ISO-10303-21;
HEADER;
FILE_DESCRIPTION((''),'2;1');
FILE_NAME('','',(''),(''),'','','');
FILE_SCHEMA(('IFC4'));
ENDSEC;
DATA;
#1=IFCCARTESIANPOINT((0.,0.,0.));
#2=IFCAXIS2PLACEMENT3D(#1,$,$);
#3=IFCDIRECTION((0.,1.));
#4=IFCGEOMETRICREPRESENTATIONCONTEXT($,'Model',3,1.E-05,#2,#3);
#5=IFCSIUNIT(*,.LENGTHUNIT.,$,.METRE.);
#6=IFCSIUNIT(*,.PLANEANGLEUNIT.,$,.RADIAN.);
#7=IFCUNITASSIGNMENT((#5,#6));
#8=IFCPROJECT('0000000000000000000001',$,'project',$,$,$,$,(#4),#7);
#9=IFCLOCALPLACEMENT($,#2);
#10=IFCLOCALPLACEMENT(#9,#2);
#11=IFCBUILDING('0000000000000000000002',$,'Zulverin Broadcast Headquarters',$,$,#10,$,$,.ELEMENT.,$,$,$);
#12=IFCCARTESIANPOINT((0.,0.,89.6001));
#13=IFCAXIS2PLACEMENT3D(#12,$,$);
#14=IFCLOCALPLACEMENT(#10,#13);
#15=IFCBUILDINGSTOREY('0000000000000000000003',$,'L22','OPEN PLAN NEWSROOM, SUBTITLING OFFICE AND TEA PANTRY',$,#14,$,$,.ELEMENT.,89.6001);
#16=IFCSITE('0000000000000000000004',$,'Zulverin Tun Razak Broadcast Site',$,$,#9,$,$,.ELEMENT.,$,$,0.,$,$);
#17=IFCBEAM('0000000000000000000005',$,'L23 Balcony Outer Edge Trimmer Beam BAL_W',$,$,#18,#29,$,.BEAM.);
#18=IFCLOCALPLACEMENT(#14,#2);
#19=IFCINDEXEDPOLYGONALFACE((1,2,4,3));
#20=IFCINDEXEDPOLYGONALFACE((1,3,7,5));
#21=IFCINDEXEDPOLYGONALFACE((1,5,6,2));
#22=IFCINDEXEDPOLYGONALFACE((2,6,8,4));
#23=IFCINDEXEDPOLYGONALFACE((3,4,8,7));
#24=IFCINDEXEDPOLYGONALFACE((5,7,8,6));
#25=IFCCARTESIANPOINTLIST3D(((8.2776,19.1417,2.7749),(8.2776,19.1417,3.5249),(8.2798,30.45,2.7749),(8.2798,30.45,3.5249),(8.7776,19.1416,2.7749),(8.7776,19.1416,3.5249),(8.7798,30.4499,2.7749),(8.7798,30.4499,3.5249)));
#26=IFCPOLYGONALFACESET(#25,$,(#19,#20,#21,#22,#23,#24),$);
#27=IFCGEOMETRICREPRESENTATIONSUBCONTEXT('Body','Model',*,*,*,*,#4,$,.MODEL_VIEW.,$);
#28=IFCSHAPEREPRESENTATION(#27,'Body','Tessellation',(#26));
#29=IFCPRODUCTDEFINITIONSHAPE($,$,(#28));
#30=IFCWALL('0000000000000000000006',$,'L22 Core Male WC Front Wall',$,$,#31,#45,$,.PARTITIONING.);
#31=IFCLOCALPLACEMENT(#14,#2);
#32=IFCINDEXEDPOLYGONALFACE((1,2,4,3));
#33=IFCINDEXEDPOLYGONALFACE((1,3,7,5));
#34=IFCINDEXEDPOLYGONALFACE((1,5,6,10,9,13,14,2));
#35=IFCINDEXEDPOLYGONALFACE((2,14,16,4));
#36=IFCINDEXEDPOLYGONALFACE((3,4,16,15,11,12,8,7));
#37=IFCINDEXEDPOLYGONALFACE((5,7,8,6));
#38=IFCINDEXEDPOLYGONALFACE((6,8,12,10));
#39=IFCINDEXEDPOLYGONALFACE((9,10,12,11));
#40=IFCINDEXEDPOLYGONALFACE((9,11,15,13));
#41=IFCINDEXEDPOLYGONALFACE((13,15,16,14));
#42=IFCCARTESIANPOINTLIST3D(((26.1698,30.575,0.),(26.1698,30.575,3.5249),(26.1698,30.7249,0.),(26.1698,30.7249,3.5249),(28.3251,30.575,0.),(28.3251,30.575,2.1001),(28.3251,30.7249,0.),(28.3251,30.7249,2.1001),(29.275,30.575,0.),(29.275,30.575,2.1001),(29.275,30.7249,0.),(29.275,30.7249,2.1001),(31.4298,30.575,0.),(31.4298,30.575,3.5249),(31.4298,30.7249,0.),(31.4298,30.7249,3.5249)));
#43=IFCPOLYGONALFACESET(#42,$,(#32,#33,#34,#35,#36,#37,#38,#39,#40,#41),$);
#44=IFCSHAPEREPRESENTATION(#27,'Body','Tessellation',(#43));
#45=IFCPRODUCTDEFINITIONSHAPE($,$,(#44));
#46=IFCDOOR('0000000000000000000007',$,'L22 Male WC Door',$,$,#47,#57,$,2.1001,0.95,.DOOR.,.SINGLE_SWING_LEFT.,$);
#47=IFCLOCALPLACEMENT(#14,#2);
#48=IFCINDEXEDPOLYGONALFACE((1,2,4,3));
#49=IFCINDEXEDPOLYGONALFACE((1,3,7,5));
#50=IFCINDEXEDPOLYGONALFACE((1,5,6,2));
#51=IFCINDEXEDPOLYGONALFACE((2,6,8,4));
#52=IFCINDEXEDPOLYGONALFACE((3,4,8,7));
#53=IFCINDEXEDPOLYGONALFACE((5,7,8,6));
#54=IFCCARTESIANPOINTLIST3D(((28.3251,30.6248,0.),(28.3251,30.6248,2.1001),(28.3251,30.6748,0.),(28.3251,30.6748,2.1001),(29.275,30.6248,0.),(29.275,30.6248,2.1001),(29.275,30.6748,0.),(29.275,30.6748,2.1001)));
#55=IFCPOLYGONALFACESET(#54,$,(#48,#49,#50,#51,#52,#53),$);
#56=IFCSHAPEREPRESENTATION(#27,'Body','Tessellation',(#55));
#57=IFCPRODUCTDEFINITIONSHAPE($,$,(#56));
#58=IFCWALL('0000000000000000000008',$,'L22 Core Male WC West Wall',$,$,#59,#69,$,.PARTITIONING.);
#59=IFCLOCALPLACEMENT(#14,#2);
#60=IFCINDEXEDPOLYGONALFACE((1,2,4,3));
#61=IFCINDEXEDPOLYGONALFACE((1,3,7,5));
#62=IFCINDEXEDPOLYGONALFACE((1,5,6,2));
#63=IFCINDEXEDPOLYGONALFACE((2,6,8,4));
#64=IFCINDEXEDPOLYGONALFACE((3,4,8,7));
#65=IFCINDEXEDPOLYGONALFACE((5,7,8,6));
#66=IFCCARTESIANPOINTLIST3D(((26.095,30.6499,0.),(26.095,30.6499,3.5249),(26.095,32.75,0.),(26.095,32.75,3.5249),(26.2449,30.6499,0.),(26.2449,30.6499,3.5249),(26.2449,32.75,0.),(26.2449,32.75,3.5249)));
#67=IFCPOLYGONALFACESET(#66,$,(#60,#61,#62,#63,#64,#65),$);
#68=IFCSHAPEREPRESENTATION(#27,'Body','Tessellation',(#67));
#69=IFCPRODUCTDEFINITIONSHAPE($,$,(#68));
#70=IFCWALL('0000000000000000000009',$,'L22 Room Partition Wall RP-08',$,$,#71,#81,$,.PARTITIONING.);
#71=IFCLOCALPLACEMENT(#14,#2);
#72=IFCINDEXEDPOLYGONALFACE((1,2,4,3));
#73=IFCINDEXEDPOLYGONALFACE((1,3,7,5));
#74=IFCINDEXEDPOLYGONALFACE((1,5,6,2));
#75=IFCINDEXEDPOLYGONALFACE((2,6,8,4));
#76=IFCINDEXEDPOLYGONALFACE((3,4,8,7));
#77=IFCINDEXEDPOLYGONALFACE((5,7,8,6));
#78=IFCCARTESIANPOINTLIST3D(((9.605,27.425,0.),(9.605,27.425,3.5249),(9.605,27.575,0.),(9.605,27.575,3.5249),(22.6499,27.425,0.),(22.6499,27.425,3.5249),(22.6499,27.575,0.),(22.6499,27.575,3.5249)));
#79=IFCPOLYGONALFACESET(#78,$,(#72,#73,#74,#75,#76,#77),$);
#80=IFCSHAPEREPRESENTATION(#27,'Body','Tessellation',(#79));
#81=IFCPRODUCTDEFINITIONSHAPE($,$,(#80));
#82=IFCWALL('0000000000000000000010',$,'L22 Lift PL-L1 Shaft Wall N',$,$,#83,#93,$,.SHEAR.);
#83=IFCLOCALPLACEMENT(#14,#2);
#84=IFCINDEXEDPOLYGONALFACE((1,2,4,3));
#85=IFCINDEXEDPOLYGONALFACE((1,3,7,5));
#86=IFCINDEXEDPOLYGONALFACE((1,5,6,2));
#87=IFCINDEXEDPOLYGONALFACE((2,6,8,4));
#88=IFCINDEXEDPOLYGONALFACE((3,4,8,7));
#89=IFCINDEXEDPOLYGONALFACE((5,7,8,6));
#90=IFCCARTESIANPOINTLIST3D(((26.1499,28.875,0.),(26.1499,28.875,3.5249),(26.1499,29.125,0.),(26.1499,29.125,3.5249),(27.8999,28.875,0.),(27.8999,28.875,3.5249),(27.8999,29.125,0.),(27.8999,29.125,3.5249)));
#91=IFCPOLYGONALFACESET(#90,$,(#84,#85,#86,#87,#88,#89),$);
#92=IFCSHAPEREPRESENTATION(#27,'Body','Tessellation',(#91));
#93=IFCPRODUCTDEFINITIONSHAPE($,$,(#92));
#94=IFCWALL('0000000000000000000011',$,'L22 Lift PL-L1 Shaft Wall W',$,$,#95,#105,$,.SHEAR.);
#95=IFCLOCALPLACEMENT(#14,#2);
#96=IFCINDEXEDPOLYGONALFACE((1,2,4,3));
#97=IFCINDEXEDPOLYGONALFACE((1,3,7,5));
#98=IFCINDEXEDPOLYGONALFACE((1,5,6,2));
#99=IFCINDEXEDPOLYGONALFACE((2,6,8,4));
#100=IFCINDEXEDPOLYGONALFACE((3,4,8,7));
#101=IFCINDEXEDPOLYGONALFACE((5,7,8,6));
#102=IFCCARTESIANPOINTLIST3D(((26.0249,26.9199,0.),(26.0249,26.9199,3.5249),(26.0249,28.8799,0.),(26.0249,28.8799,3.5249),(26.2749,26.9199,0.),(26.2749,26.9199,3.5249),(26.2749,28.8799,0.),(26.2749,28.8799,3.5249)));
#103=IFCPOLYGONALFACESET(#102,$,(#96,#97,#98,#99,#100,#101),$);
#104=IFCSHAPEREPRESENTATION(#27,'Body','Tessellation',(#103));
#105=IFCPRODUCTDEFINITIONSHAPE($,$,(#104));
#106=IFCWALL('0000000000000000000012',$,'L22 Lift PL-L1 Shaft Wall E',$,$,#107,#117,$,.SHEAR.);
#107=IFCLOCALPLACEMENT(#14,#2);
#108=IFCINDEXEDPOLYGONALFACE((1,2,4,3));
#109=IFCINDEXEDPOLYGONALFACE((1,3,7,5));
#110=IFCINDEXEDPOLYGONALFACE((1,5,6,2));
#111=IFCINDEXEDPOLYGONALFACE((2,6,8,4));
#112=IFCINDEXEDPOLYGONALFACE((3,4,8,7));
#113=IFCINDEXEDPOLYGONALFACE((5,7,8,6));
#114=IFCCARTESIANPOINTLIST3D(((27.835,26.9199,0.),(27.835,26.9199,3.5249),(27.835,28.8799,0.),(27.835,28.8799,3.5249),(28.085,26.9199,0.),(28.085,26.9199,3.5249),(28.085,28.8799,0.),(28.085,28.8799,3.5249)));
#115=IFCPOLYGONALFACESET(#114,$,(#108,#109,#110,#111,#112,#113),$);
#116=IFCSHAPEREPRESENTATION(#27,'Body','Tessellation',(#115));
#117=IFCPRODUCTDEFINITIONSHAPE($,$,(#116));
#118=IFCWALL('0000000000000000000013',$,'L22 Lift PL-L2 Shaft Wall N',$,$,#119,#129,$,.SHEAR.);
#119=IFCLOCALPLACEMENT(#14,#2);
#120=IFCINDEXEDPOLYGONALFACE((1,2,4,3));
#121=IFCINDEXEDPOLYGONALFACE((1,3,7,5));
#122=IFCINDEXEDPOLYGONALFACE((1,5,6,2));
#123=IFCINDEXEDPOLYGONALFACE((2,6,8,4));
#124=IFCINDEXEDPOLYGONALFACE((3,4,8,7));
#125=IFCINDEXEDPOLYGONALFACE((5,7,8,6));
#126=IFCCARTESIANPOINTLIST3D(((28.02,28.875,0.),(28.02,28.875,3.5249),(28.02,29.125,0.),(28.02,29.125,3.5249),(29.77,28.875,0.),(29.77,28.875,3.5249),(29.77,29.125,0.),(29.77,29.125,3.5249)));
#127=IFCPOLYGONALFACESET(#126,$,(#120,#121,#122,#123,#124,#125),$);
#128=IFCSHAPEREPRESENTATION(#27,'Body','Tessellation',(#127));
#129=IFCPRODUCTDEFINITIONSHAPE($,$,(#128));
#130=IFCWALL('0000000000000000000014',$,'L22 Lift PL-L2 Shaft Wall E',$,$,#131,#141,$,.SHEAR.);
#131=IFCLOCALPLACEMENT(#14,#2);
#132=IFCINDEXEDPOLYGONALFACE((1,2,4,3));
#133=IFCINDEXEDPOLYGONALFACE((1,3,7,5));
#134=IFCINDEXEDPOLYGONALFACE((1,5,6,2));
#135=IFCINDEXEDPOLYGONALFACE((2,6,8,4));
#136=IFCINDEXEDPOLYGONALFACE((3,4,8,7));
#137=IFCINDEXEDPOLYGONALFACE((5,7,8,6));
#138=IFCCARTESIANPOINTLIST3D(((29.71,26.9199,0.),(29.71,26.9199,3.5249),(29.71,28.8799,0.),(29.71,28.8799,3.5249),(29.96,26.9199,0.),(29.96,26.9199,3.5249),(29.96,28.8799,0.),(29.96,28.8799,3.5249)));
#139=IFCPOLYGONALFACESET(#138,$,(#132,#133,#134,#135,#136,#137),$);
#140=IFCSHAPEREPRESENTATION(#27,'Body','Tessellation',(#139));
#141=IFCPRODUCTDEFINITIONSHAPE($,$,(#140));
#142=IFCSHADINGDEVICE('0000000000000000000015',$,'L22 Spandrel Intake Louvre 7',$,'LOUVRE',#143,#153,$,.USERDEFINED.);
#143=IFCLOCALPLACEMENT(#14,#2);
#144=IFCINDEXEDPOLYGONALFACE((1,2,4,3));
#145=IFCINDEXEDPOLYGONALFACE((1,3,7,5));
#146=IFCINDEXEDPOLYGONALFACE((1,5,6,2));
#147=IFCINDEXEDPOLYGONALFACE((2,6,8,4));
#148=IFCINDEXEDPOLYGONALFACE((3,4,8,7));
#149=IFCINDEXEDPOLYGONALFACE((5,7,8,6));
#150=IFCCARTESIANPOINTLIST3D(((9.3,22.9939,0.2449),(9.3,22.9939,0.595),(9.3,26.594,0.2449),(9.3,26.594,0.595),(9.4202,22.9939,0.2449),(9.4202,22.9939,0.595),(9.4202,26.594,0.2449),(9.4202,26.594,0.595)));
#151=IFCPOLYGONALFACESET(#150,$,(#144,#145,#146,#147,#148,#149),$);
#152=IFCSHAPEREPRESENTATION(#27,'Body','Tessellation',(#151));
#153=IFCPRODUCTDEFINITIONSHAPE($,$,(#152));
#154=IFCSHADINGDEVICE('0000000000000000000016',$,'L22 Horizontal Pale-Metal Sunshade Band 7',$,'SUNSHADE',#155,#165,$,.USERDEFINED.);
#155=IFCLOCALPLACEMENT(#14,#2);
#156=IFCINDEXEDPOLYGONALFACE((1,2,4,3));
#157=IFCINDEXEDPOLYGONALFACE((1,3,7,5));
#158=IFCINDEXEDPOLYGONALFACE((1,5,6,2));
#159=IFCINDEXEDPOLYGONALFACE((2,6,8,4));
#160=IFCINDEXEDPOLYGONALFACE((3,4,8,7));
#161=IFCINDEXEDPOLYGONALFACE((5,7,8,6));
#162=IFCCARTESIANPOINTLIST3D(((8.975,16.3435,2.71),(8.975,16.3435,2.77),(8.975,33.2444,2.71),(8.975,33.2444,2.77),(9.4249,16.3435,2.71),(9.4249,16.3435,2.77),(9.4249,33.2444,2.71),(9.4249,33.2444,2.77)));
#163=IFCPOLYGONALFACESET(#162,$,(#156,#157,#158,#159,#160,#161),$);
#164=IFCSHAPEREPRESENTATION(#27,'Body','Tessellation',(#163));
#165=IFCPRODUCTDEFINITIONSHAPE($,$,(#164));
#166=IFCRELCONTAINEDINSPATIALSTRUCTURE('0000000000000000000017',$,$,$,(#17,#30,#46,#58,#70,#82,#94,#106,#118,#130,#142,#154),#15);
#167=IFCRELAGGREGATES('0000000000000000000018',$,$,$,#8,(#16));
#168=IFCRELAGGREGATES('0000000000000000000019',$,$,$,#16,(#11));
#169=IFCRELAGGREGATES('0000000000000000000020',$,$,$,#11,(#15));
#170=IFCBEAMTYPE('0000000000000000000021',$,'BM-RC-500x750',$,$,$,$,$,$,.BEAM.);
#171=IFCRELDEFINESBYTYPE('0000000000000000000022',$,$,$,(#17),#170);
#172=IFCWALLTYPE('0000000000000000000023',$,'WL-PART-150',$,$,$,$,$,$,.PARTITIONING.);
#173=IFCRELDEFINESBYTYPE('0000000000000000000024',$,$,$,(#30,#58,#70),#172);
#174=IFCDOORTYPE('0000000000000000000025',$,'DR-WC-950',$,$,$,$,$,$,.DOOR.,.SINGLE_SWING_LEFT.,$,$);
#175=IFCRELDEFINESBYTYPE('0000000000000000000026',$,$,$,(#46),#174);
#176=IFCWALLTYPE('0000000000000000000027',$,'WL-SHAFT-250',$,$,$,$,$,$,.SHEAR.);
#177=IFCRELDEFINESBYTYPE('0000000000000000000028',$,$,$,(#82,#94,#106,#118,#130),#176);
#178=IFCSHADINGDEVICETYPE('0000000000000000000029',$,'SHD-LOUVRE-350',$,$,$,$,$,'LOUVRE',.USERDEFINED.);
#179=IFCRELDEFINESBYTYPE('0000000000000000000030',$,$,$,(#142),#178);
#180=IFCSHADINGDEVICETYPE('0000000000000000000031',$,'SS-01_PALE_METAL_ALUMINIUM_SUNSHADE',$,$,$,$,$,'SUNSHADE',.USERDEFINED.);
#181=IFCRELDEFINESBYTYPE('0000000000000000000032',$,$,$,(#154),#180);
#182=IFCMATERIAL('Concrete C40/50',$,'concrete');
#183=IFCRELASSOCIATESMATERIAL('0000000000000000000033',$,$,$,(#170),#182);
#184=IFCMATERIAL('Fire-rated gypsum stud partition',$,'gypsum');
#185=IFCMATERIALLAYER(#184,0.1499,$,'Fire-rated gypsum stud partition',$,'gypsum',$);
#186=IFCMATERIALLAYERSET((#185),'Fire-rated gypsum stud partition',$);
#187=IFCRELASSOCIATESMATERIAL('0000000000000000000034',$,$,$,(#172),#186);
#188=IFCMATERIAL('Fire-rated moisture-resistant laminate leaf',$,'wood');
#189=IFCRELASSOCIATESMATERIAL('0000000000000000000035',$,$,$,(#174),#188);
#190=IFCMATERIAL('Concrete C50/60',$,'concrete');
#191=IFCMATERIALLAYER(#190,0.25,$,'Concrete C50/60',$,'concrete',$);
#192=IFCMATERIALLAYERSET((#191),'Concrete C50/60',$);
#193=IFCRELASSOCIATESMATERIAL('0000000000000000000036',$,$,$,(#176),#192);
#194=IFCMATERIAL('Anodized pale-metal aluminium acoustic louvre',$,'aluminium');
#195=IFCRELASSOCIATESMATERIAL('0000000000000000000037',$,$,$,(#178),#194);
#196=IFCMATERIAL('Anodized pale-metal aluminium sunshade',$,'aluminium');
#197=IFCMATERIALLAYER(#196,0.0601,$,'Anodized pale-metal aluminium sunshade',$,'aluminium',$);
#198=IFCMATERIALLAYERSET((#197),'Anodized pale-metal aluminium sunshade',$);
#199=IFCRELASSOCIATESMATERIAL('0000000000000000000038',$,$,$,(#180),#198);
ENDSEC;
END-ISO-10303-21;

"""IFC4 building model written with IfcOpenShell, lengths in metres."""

from ifc_helpers import new_model, si_unit, direction, frame, frame_2d, origin, origin_2d, place, context, subcontext, project, spatial, rectangle, extrude, material, layer, layer_set, material_profile, profile_set, type_object, element, fill, save


model = new_model("IFC4")

# Units and contexts
model_context = context("Model", 3, precision=1e-05, world=origin(), true_north=direction((0.0, 1.0)))
body_context = subcontext(model_context, "Body", "Model", "MODEL_VIEW")
ifc_project = project(units=[si_unit("LENGTHUNIT", "METRE"), si_unit("PLANEANGLEUNIT", "RADIAN")], contexts=[model_context])

# Site, building, storey
site_placement = place(None, origin())
site = spatial("IfcSite", under=ifc_project, at=site_placement, Name="Zulverin Tun Razak Broadcast Site", CompositionType="ELEMENT", RefElevation=0.0)
building_placement = place(site_placement, origin())
building = spatial("IfcBuilding", under=site, at=building_placement, Name="Zulverin Broadcast Headquarters", CompositionType="ELEMENT")
storey_placement = place(building_placement, frame((0.0, 0.0, 89.6001)))
storey = spatial("IfcBuildingStorey", under=building, at=storey_placement, Name="L22", Description="OPEN PLAN NEWSROOM, SUBTITLING OFFICE AND TEA PANTRY", CompositionType="ELEMENT", Elevation=89.6001)

# Beam
ifc_material_1 = material(Name="Concrete C40/50", Category="concrete")
ifc_material_profile = material_profile(ifc_material_1, rectangle(XDim=0.5, YDim=0.75, at=origin_2d()), Name="Concrete C40/50", Category="concrete")
ifc_profile_set = profile_set([ifc_material_profile], Name="Concrete C40/50")
beam_type = type_object("IfcBeamType", Name="BM-RC-500x750", PredefinedType="BEAM", material=ifc_profile_set)
beam_placement = place(storey_placement, frame((8.5298, 30.45, 3.1499), z_axis=(-0.000194, -1.0, 0.0), x_axis=(1.0, -0.000194, 0.0)))
element("IfcBeam", 1, at=beam_placement, inside=storey, type_object=beam_type, Name="L23 Balcony Outer Edge Trimmer Beam BAL_W", PredefinedType="BEAM", context=body_context, shape_type="SweptSolid", body=[
    extrude(rectangle(XDim=0.5, YDim=0.75, at=origin_2d()), origin(), (0.0, 0.0, 1.0), 11.3083),
])

# Wall, opening, door
ifc_material_2 = material(Name="Fire-rated gypsum stud partition", Category="gypsum")
ifc_layer_1 = layer(ifc_material_2, 0.1499, Name="Fire-rated gypsum stud partition", Category="gypsum")
ifc_layer_set_1 = layer_set([ifc_layer_1], Name="Fire-rated gypsum stud partition")
wall_type_1 = type_object("IfcWallType", Name="WL-PART-150", PredefinedType="PARTITIONING", material=ifc_layer_set_1)
wall_1_placement = place(storey_placement, frame((26.1699, 30.6499, 0.0), z_axis=(0.0, 0.0, 1.0), x_axis=(1.0, 0.0, 0.0)))
wall_1 = element("IfcWall", 2, at=wall_1_placement, inside=storey, type_object=wall_type_1, Name="L22 Core Male WC Front Wall", PredefinedType="PARTITIONING", context=body_context, shape_type="SweptSolid", body=[
    extrude(rectangle(XDim=5.26, YDim=0.1499, at=frame_2d((2.6299, 0.0))), origin(), (0.0, 0.0, 1.0), 3.5249),
])
opening_1_placement = place(wall_1_placement, frame((2.155, 0.0, 0.0)))
opening_1 = element("IfcOpeningElement", 3, at=opening_1_placement, cuts=wall_1, PredefinedType="OPENING", context=body_context, shape_type="SweptSolid", body=[
    extrude(rectangle(XDim=0.95, YDim=2.1001, at=frame_2d((0.4751, 1.05))), frame((0.0, 0.085, 0.0), z_axis=(0.0, -1.0, 0.0), x_axis=(1.0, 0.0, 0.0)), (0.0, 0.0, 1.0), 0.1699),
])
ifc_material_3 = material(Name="Fire-rated moisture-resistant laminate leaf", Category="wood")
door_type_1 = type_object("IfcDoorType", Name="DR-WC-950", OperationType="SINGLE_SWING_LEFT", PredefinedType="DOOR", material=ifc_material_3)
door_1_placement = place(opening_1_placement, origin())
door_1 = element("IfcDoor", 4, at=door_1_placement, inside=storey, type_object=door_type_1, Name="L22 Male WC Door", OperationType="SINGLE_SWING_LEFT", OverallHeight=2.1001, OverallWidth=0.95, PredefinedType="DOOR", context=body_context, shape_type="SweptSolid", body=[
    extrude(rectangle(XDim=0.95, YDim=2.1001, at=frame_2d((0.4751, 1.05))), frame((0.0, 0.0249, 0.0), z_axis=(0.0, -1.0, 0.0), x_axis=(1.0, 0.0, 0.0)), (0.0, 0.0, 1.0), 0.05),
])
fill(opening_1, door_1)

# Walls
wall_2_placement = place(storey_placement, frame((26.1699, 30.6499, 0.0), z_axis=(0.0, 0.0, 1.0), x_axis=(0.0, 1.0, 0.0)))
element("IfcWall", 5, at=wall_2_placement, inside=storey, type_object=wall_type_1, Name="L22 Core Male WC West Wall", PredefinedType="PARTITIONING", context=body_context, shape_type="SweptSolid", body=[
    extrude(rectangle(XDim=2.1001, YDim=0.1499, at=frame_2d((1.05, 0.0))), origin(), (0.0, 0.0, 1.0), 3.5249),
])
wall_3_placement = place(storey_placement, frame((9.605, 27.5, 0.0), z_axis=(0.0, 0.0, 1.0), x_axis=(1.0, 0.0, 0.0)))
element("IfcWall", 6, at=wall_3_placement, inside=storey, type_object=wall_type_1, Name="L22 Room Partition Wall RP-08", PredefinedType="PARTITIONING", context=body_context, shape_type="SweptSolid", body=[
    extrude(rectangle(XDim=13.0449, YDim=0.1499, at=frame_2d((6.5225, 0.0))), origin(), (0.0, 0.0, 1.0), 3.5249),
])

# Shared definitions
ifc_material_4 = material(Name="Concrete C50/60", Category="concrete")
ifc_layer_2 = layer(ifc_material_4, 0.25, Name="Concrete C50/60", Category="concrete")
ifc_layer_set_2 = layer_set([ifc_layer_2], Name="Concrete C50/60")
wall_type_2 = type_object("IfcWallType", Name="WL-SHAFT-250", PredefinedType="SHEAR", material=ifc_layer_set_2)

# Walls
wall_4_placement = place(storey_placement, frame((26.1499, 29.0, 0.0), z_axis=(0.0, 0.0, 1.0), x_axis=(1.0, 0.0, 0.0)))
element("IfcWall", 7, at=wall_4_placement, inside=storey, type_object=wall_type_2, Name="L22 Lift PL-L1 Shaft Wall N", PredefinedType="SHEAR", context=body_context, shape_type="SweptSolid", body=[
    extrude(rectangle(XDim=1.75, YDim=0.25, at=frame_2d((0.875, 0.0))), origin(), (0.0, 0.0, 1.0), 3.5249),
])
for number, where, z_axis, x_axis, name in (
    (8, (26.1499, 26.9199, 0.0), (0.0, 0.0, 1.0), (0.0, 1.0, 0.0), "L22 Lift PL-L1 Shaft Wall W"),
    (9, (27.96, 26.9199, 0.0), (0.0, 0.0, 1.0), (0.0, 1.0, 0.0), "L22 Lift PL-L1 Shaft Wall E"),
):
    element("IfcWall", number, at=place(storey_placement, frame(where, z_axis=z_axis, x_axis=x_axis)), inside=storey, type_object=wall_type_2, Name=name, PredefinedType="SHEAR", context=body_context, shape_type="SweptSolid", body=[
        extrude(rectangle(XDim=1.96, YDim=0.25, at=frame_2d((0.98, 0.0))), origin(), (0.0, 0.0, 1.0), 3.5249),
    ])

# Walls
wall_5_placement = place(storey_placement, frame((28.02, 29.0, 0.0), z_axis=(0.0, 0.0, 1.0), x_axis=(1.0, 0.0, 0.0)))
element("IfcWall", 10, at=wall_5_placement, inside=storey, type_object=wall_type_2, Name="L22 Lift PL-L2 Shaft Wall N", PredefinedType="SHEAR", context=body_context, shape_type="SweptSolid", body=[
    extrude(rectangle(XDim=1.75, YDim=0.25, at=frame_2d((0.875, 0.0))), origin(), (0.0, 0.0, 1.0), 3.5249),
])
wall_6_placement = place(storey_placement, frame((29.835, 26.9199, 0.0), z_axis=(0.0, 0.0, 1.0), x_axis=(0.0, 1.0, 0.0)))
element("IfcWall", 11, at=wall_6_placement, inside=storey, type_object=wall_type_2, Name="L22 Lift PL-L2 Shaft Wall E", PredefinedType="SHEAR", context=body_context, shape_type="SweptSolid", body=[
    extrude(rectangle(XDim=1.96, YDim=0.25, at=frame_2d((0.98, 0.0))), origin(), (0.0, 0.0, 1.0), 3.5249),
])

# Shading devices
ifc_material_5 = material(Name="Anodized pale-metal aluminium acoustic louvre", Category="aluminium")
shading_device_type_1 = type_object("IfcShadingDeviceType", Name="SHD-LOUVRE-350", ElementType="LOUVRE", PredefinedType="USERDEFINED", material=ifc_material_5)
shading_device_1_placement = place(storey_placement, frame((9.3601, 24.7939, 0.2449), z_axis=(0.0, 0.0, 1.0), x_axis=(0.0, -1.0, 0.0)))
element("IfcShadingDevice", 12, at=shading_device_1_placement, inside=storey, type_object=shading_device_type_1, Name="L22 Spandrel Intake Louvre 7", ObjectType="LOUVRE", PredefinedType="USERDEFINED", context=body_context, shape_type="SweptSolid", body=[
    extrude(rectangle(XDim=3.6001, YDim=0.1201, at=origin_2d()), origin(), (0.0, 0.0, 1.0), 0.3501),
])
ifc_material_6 = material(Name="Anodized pale-metal aluminium sunshade", Category="aluminium")
ifc_layer_3 = layer(ifc_material_6, 0.0601, Name="Anodized pale-metal aluminium sunshade", Category="aluminium")
ifc_layer_set_3 = layer_set([ifc_layer_3], Name="Anodized pale-metal aluminium sunshade")
shading_device_type_2 = type_object("IfcShadingDeviceType", Name="SS-01_PALE_METAL_ALUMINIUM_SUNSHADE", ElementType="SUNSHADE", PredefinedType="USERDEFINED", material=ifc_layer_set_3)
shading_device_2_placement = place(storey_placement, frame((9.2, 24.7939, 2.71), z_axis=(0.0, 0.0, 1.0), x_axis=(0.0, -1.0, 0.0)))
element("IfcShadingDevice", 13, at=shading_device_2_placement, inside=storey, type_object=shading_device_type_2, Name="L22 Horizontal Pale-Metal Sunshade Band 7", ObjectType="SUNSHADE", PredefinedType="USERDEFINED", context=body_context, shape_type="SweptSolid", body=[
    extrude(rectangle(XDim=16.9009, YDim=0.45, at=origin_2d()), origin(), (0.0, 0.0, 1.0), 0.0601),
])

save(model, "model.ifc")
